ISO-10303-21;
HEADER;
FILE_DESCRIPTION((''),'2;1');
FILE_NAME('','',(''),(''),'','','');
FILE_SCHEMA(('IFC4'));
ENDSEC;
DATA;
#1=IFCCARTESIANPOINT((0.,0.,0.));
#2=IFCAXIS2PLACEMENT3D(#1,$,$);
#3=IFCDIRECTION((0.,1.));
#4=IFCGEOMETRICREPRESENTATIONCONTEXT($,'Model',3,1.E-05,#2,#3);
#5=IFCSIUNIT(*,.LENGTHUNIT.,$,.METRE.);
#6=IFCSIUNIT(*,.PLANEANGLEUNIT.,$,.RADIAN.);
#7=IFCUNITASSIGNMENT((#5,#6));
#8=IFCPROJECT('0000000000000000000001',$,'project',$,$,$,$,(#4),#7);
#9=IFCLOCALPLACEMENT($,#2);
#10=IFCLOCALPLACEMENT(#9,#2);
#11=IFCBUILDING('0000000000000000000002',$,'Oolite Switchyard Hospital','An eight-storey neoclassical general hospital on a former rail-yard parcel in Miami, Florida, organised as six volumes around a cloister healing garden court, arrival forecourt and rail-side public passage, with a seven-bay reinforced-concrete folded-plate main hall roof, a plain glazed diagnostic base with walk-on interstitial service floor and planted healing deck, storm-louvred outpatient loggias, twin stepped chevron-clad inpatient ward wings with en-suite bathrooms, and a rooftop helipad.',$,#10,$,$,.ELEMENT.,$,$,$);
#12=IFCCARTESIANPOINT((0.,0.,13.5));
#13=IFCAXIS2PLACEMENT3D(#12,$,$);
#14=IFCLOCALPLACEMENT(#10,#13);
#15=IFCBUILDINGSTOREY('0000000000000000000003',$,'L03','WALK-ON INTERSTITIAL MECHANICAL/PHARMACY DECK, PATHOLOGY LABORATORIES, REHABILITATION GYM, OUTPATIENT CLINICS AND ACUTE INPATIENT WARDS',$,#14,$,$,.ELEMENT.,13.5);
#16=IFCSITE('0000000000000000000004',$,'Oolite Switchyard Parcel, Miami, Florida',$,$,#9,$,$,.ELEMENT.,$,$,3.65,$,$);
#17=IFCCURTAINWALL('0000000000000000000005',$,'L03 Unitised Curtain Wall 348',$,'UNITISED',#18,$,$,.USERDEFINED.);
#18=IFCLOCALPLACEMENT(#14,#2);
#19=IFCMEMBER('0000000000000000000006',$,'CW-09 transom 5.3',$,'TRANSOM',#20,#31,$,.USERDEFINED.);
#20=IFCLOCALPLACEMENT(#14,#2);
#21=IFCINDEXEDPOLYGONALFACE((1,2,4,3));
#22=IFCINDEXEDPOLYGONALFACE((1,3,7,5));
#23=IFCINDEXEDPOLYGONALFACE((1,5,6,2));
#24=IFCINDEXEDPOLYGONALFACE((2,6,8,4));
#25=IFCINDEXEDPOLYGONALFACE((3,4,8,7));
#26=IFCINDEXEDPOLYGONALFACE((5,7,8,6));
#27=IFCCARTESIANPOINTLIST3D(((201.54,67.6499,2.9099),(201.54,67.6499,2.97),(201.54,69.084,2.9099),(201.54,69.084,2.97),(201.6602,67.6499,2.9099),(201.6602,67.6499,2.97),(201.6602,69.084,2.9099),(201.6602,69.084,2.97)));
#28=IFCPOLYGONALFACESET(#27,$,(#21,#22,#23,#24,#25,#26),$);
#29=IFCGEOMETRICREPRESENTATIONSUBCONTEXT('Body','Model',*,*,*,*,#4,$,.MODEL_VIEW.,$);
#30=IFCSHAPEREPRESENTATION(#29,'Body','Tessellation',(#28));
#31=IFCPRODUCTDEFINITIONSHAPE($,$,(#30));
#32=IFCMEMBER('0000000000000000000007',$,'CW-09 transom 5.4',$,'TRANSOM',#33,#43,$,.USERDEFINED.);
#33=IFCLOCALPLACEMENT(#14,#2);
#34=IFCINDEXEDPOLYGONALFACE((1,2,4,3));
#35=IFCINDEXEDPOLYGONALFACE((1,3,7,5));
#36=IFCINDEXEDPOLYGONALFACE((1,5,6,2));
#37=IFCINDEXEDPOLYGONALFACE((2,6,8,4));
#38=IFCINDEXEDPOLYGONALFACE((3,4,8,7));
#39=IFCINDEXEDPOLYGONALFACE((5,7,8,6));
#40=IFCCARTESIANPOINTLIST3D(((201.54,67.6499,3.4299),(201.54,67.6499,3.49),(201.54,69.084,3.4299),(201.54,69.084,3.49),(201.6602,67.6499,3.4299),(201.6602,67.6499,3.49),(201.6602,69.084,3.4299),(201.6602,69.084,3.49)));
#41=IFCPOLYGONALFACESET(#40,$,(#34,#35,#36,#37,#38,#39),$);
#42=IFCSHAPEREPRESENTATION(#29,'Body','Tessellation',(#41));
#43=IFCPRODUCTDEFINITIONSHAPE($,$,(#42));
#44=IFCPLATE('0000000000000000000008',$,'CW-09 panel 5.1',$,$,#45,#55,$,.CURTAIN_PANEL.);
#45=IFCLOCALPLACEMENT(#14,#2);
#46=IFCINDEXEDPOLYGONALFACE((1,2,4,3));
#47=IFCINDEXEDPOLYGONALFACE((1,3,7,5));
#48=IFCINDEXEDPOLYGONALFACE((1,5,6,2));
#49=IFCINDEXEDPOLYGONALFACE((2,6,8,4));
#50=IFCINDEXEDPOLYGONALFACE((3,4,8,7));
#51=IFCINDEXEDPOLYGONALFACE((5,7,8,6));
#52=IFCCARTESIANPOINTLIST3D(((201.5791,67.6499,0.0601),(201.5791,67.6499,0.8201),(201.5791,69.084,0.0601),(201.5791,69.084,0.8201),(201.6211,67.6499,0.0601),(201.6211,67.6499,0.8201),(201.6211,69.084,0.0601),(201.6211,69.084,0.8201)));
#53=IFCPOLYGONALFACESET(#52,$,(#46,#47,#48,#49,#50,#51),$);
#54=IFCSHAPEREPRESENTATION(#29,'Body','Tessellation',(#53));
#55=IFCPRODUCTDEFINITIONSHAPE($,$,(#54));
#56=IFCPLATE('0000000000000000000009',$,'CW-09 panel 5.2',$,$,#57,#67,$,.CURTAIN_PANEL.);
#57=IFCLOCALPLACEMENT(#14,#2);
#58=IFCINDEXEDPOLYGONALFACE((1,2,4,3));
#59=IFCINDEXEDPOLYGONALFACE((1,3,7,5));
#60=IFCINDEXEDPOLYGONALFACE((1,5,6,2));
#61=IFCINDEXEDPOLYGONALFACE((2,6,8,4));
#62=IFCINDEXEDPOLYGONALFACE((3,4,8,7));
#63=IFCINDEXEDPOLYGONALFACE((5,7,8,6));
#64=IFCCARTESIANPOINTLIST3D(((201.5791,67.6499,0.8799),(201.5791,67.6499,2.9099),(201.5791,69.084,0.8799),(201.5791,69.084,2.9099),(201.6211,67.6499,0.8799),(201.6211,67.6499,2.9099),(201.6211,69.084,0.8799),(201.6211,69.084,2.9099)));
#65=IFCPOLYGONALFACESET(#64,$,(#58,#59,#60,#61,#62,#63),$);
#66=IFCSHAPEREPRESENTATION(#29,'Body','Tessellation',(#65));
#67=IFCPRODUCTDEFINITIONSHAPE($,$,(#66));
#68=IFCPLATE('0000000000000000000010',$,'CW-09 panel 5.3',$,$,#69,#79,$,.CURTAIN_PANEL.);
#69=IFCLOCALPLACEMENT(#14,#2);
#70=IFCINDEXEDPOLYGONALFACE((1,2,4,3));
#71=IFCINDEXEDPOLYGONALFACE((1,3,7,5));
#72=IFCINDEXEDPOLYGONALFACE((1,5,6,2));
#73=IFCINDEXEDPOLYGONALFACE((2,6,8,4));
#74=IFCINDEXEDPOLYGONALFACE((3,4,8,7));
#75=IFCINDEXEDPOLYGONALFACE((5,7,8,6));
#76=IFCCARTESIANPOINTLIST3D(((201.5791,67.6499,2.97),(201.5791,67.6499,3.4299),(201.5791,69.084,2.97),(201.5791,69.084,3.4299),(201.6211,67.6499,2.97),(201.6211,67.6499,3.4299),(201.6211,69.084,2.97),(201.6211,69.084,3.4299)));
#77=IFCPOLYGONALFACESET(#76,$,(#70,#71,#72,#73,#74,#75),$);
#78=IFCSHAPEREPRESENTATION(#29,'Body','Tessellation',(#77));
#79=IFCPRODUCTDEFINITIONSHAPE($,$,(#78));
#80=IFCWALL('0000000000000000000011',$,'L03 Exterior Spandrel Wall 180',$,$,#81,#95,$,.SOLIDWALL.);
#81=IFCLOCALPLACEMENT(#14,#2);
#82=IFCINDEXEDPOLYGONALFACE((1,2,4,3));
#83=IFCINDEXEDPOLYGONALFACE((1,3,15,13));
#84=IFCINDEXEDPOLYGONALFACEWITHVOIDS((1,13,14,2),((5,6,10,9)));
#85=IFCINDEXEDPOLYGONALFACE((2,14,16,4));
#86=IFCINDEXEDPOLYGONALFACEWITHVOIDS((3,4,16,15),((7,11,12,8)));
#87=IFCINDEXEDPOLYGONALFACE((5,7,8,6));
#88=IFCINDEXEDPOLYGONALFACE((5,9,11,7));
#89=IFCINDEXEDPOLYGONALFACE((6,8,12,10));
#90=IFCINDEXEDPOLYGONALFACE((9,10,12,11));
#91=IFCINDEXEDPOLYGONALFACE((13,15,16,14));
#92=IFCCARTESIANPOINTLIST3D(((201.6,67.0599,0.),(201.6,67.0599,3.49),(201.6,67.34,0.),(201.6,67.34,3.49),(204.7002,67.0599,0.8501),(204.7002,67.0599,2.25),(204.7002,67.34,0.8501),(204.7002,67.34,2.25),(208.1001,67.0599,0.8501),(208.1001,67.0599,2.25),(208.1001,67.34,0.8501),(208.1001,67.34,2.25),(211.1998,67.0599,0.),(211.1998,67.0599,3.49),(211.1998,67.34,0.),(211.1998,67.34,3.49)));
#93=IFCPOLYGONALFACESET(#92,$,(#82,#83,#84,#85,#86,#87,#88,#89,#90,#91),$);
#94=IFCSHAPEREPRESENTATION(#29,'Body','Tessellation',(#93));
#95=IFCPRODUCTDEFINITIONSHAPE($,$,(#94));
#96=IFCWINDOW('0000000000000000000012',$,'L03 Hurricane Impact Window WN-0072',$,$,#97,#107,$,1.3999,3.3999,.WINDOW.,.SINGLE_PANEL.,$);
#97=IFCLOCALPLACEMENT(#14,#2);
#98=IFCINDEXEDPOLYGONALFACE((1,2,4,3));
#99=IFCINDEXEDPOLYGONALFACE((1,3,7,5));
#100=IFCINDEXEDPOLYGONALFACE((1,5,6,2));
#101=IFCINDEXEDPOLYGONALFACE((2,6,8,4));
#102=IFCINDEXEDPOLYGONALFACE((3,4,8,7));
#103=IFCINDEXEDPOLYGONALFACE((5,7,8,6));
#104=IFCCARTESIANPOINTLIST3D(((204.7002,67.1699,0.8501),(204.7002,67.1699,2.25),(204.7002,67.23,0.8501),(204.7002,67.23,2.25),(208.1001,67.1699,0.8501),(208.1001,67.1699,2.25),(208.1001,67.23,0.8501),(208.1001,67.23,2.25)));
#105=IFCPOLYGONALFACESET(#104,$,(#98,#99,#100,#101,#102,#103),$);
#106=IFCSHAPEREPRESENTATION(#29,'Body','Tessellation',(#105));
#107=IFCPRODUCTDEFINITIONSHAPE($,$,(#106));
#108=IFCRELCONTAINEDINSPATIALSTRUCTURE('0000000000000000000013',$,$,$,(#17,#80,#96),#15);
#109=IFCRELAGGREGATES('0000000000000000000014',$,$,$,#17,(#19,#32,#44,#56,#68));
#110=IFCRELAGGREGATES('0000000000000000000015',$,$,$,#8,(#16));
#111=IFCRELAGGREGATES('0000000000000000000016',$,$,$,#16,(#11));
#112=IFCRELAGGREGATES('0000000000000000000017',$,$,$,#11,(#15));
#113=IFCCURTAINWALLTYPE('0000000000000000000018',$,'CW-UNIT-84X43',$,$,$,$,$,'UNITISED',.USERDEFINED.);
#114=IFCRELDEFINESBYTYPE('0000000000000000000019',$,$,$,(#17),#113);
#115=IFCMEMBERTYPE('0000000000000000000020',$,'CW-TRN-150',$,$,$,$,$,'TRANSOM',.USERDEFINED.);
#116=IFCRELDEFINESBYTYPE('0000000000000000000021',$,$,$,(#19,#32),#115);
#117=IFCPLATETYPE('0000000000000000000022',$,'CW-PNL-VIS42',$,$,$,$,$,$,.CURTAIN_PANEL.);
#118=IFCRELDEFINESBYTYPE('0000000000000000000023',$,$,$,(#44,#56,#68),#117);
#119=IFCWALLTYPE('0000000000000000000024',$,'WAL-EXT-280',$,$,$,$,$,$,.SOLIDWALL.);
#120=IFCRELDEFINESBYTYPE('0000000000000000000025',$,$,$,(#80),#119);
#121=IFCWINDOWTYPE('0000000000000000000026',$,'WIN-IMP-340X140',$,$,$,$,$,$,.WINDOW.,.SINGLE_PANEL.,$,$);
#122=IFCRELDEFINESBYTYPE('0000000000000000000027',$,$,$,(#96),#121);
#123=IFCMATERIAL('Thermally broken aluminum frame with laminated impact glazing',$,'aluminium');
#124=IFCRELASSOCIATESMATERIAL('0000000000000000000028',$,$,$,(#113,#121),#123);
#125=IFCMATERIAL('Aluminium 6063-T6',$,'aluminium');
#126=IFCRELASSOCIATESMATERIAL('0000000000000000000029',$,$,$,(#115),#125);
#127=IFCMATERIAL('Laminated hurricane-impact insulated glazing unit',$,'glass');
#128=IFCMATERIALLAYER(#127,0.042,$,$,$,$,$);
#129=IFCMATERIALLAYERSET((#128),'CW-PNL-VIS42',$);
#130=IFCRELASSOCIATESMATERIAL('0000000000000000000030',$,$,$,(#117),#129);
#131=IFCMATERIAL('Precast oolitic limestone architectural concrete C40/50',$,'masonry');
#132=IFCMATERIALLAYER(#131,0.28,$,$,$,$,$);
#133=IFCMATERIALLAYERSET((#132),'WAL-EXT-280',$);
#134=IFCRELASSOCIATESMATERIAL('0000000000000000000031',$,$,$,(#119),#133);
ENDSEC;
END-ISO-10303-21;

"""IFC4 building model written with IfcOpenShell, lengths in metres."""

from ifc_helpers import new_model, si_unit, direction, frame, frame_2d, origin, origin_2d, place, context, subcontext, project, spatial, rectangle, extrude, material, layer, layer_set, material_profile, profile_set, type_object, element, fill, aggregate, save


model = new_model("IFC4")

# Units and contexts
model_context = context("Model", 3, precision=1e-05, world=origin(), true_north=direction((0.0, 1.0)))
body_context = subcontext(model_context, "Body", "Model", "MODEL_VIEW")
ifc_project = project(units=[si_unit("LENGTHUNIT", "METRE"), si_unit("PLANEANGLEUNIT", "RADIAN")], contexts=[model_context])

# Site, building, storey
site_placement = place(None, origin())
site = spatial("IfcSite", under=ifc_project, at=site_placement, Name="Oolite Switchyard Parcel, Miami, Florida", CompositionType="ELEMENT", RefElevation=3.65)
building_placement = place(site_placement, origin())
building = spatial("IfcBuilding", under=site, at=building_placement, Name="Oolite Switchyard Hospital", Description="An eight-storey neoclassical general hospital on a former rail-yard parcel in Miami, Florida, organised as six volumes around a cloister healing garden court, arrival forecourt and rail-side public passage, with a seven-bay reinforced-concrete folded-plate main hall roof, a plain glazed diagnostic base with walk-on interstitial service floor and planted healing deck, storm-louvred outpatient loggias, twin stepped chevron-clad inpatient ward wings with en-suite bathrooms, and a rooftop helipad.", CompositionType="ELEMENT")
storey_placement = place(building_placement, frame((0.0, 0.0, 13.5)))
storey = spatial("IfcBuildingStorey", under=building, at=storey_placement, Name="L03", Description="WALK-ON INTERSTITIAL MECHANICAL/PHARMACY DECK, PATHOLOGY LABORATORIES, REHABILITATION GYM, OUTPATIENT CLINICS AND ACUTE INPATIENT WARDS", CompositionType="ELEMENT", Elevation=13.5)

# Curtain wall, members, plates
ifc_material_1 = material(Name="Thermally broken aluminum frame with laminated impact glazing", Category="aluminium")
curtain_wall_type = type_object("IfcCurtainWallType", Name="CW-UNIT-84X43", ElementType="UNITISED", PredefinedType="USERDEFINED", material=ifc_material_1)
curtain_wall_placement = place(storey_placement, origin())
curtain_wall = element("IfcCurtainWall", 1, at=curtain_wall_placement, inside=storey, type_object=curtain_wall_type, Name="L03 Unitised Curtain Wall 348", ObjectType="UNITISED", PredefinedType="USERDEFINED")
ifc_material_2 = material(Name="Aluminium 6063-T6", Category="aluminium")
ifc_material_profile_1 = material_profile(ifc_material_2, rectangle(XDim=0.1201, YDim=0.0601, at=origin_2d()), Name="CWT60X120")
ifc_profile_set_1 = profile_set([ifc_material_profile_1], Name="Aluminium 6063-T6")
member_type_1 = type_object("IfcMemberType", Name="CW-TRN-150", ElementType="TRANSOM", PredefinedType="USERDEFINED", material=ifc_profile_set_1)
member_1_placement = place(storey_placement, frame((201.6001, 69.084, 2.9399), z_axis=(0.0, -1.0, 0.0), x_axis=(1.0, 0.0, 0.0)))
member_1 = element("IfcMember", 2, at=member_1_placement, type_object=member_type_1, Name="CW-09 transom 5.3", ObjectType="TRANSOM", PredefinedType="USERDEFINED", context=body_context, shape_type="SweptSolid", body=[
    extrude(rectangle(XDim=0.1201, YDim=0.0601, at=origin_2d()), origin(), (0.0, 0.0, 1.0), 1.4341),
])
member_2_placement = place(storey_placement, frame((201.6001, 69.084, 3.46), z_axis=(0.0, -1.0, 0.0), x_axis=(1.0, 0.0, 0.0)))
member_2 = element("IfcMember", 3, at=member_2_placement, type_object=member_type_1, Name="CW-09 transom 5.4", ObjectType="TRANSOM", PredefinedType="USERDEFINED", context=body_context, shape_type="SweptSolid", body=[
    extrude(rectangle(XDim=0.1201, YDim=0.0601, at=origin_2d()), origin(), (0.0, 0.0, 1.0), 1.4341),
])
ifc_material_3 = material(Name="Laminated hurricane-impact insulated glazing unit", Category="glass")
ifc_layer_1 = layer(ifc_material_3, 0.042)
ifc_layer_set_1 = layer_set([ifc_layer_1], Name="CW-PNL-VIS42")
plate_type = type_object("IfcPlateType", Name="CW-PNL-VIS42", PredefinedType="CURTAIN_PANEL", material=ifc_layer_set_1)
plate_1_placement = place(storey_placement, frame((201.6001, 68.3669, 0.0601), z_axis=(0.0, 0.0, 1.0), x_axis=(0.0, -1.0, 0.0)))
plate_1 = element("IfcPlate", 4, at=plate_1_placement, type_object=plate_type, Name="CW-09 panel 5.1", PredefinedType="CURTAIN_PANEL", context=body_context, shape_type="SweptSolid", body=[
    extrude(rectangle(XDim=1.4341, YDim=0.042, at=origin_2d()), origin(), (0.0, 0.0, 1.0), 0.76),
])
plate_2_placement = place(storey_placement, frame((201.6001, 68.3669, 0.8799), z_axis=(0.0, 0.0, 1.0), x_axis=(0.0, -1.0, 0.0)))
plate_2 = element("IfcPlate", 5, at=plate_2_placement, type_object=plate_type, Name="CW-09 panel 5.2", PredefinedType="CURTAIN_PANEL", context=body_context, shape_type="SweptSolid", body=[
    extrude(rectangle(XDim=1.4341, YDim=0.042, at=origin_2d()), origin(), (0.0, 0.0, 1.0), 2.03),
])
plate_3_placement = place(storey_placement, frame((201.6001, 68.3669, 2.97), z_axis=(0.0, 0.0, 1.0), x_axis=(0.0, -1.0, 0.0)))
plate_3 = element("IfcPlate", 6, at=plate_3_placement, type_object=plate_type, Name="CW-09 panel 5.3", PredefinedType="CURTAIN_PANEL", context=body_context, shape_type="SweptSolid", body=[
    extrude(rectangle(XDim=1.4341, YDim=0.042, at=origin_2d()), origin(), (0.0, 0.0, 1.0), 0.46),
])
aggregate(curtain_wall, [member_1, member_2, plate_1, plate_2, plate_3])

# Wall, opening, window
ifc_material_4 = material(Name="Precast oolitic limestone architectural concrete C40/50", Category="masonry")
ifc_layer_2 = layer(ifc_material_4, 0.28)
ifc_layer_set_2 = layer_set([ifc_layer_2], Name="WAL-EXT-280")
wall_type = type_object("IfcWallType", Name="WAL-EXT-280", PredefinedType="SOLIDWALL", material=ifc_layer_set_2)
wall_placement = place(storey_placement, frame((201.6001, 67.2, 0.0), z_axis=(0.0, 0.0, 1.0), x_axis=(1.0, 0.0, 0.0)))
wall = element("IfcWall", 7, at=wall_placement, inside=storey, type_object=wall_type, Name="L03 Exterior Spandrel Wall 180", PredefinedType="SOLIDWALL", context=body_context, shape_type="SweptSolid", body=[
    extrude(rectangle(XDim=9.5999, YDim=0.28, at=frame_2d((4.7998, 0.0))), origin(), (0.0, 0.0, 1.0), 3.49),
])
opening_placement = place(wall_placement, frame((3.1001, 0.0, 0.8501)))
opening = element("IfcOpeningElement", 8, at=opening_placement, cuts=wall, PredefinedType="OPENING", context=body_context, shape_type="SweptSolid", body=[
    extrude(rectangle(XDim=3.3999, YDim=1.3999, at=frame_2d((1.7, 0.7))), frame((0.0, 0.1499, 0.0), z_axis=(0.0, -1.0, 0.0), x_axis=(1.0, 0.0, 0.0)), (0.0, 0.0, 1.0), 0.3),
])
window_type = type_object("IfcWindowType", Name="WIN-IMP-340X140", PartitioningType="SINGLE_PANEL", PredefinedType="WINDOW", material=ifc_material_1)
window_placement = place(opening_placement, origin())
window = element("IfcWindow", 9, at=window_placement, inside=storey, type_object=window_type, Name="L03 Hurricane Impact Window WN-0072", OverallHeight=1.3999, OverallWidth=3.3999, PartitioningType="SINGLE_PANEL", PredefinedType="WINDOW", context=body_context, shape_type="SweptSolid", body=[
    extrude(rectangle(XDim=3.3999, YDim=1.3999, at=frame_2d((1.7, 0.7))), frame((0.0, 0.03, 0.0), z_axis=(0.0, -1.0, 0.0), x_axis=(1.0, 0.0, 0.0)), (0.0, 0.0, 1.0), 0.0601),
])
fill(opening, window)

save(model, "model.ifc")
